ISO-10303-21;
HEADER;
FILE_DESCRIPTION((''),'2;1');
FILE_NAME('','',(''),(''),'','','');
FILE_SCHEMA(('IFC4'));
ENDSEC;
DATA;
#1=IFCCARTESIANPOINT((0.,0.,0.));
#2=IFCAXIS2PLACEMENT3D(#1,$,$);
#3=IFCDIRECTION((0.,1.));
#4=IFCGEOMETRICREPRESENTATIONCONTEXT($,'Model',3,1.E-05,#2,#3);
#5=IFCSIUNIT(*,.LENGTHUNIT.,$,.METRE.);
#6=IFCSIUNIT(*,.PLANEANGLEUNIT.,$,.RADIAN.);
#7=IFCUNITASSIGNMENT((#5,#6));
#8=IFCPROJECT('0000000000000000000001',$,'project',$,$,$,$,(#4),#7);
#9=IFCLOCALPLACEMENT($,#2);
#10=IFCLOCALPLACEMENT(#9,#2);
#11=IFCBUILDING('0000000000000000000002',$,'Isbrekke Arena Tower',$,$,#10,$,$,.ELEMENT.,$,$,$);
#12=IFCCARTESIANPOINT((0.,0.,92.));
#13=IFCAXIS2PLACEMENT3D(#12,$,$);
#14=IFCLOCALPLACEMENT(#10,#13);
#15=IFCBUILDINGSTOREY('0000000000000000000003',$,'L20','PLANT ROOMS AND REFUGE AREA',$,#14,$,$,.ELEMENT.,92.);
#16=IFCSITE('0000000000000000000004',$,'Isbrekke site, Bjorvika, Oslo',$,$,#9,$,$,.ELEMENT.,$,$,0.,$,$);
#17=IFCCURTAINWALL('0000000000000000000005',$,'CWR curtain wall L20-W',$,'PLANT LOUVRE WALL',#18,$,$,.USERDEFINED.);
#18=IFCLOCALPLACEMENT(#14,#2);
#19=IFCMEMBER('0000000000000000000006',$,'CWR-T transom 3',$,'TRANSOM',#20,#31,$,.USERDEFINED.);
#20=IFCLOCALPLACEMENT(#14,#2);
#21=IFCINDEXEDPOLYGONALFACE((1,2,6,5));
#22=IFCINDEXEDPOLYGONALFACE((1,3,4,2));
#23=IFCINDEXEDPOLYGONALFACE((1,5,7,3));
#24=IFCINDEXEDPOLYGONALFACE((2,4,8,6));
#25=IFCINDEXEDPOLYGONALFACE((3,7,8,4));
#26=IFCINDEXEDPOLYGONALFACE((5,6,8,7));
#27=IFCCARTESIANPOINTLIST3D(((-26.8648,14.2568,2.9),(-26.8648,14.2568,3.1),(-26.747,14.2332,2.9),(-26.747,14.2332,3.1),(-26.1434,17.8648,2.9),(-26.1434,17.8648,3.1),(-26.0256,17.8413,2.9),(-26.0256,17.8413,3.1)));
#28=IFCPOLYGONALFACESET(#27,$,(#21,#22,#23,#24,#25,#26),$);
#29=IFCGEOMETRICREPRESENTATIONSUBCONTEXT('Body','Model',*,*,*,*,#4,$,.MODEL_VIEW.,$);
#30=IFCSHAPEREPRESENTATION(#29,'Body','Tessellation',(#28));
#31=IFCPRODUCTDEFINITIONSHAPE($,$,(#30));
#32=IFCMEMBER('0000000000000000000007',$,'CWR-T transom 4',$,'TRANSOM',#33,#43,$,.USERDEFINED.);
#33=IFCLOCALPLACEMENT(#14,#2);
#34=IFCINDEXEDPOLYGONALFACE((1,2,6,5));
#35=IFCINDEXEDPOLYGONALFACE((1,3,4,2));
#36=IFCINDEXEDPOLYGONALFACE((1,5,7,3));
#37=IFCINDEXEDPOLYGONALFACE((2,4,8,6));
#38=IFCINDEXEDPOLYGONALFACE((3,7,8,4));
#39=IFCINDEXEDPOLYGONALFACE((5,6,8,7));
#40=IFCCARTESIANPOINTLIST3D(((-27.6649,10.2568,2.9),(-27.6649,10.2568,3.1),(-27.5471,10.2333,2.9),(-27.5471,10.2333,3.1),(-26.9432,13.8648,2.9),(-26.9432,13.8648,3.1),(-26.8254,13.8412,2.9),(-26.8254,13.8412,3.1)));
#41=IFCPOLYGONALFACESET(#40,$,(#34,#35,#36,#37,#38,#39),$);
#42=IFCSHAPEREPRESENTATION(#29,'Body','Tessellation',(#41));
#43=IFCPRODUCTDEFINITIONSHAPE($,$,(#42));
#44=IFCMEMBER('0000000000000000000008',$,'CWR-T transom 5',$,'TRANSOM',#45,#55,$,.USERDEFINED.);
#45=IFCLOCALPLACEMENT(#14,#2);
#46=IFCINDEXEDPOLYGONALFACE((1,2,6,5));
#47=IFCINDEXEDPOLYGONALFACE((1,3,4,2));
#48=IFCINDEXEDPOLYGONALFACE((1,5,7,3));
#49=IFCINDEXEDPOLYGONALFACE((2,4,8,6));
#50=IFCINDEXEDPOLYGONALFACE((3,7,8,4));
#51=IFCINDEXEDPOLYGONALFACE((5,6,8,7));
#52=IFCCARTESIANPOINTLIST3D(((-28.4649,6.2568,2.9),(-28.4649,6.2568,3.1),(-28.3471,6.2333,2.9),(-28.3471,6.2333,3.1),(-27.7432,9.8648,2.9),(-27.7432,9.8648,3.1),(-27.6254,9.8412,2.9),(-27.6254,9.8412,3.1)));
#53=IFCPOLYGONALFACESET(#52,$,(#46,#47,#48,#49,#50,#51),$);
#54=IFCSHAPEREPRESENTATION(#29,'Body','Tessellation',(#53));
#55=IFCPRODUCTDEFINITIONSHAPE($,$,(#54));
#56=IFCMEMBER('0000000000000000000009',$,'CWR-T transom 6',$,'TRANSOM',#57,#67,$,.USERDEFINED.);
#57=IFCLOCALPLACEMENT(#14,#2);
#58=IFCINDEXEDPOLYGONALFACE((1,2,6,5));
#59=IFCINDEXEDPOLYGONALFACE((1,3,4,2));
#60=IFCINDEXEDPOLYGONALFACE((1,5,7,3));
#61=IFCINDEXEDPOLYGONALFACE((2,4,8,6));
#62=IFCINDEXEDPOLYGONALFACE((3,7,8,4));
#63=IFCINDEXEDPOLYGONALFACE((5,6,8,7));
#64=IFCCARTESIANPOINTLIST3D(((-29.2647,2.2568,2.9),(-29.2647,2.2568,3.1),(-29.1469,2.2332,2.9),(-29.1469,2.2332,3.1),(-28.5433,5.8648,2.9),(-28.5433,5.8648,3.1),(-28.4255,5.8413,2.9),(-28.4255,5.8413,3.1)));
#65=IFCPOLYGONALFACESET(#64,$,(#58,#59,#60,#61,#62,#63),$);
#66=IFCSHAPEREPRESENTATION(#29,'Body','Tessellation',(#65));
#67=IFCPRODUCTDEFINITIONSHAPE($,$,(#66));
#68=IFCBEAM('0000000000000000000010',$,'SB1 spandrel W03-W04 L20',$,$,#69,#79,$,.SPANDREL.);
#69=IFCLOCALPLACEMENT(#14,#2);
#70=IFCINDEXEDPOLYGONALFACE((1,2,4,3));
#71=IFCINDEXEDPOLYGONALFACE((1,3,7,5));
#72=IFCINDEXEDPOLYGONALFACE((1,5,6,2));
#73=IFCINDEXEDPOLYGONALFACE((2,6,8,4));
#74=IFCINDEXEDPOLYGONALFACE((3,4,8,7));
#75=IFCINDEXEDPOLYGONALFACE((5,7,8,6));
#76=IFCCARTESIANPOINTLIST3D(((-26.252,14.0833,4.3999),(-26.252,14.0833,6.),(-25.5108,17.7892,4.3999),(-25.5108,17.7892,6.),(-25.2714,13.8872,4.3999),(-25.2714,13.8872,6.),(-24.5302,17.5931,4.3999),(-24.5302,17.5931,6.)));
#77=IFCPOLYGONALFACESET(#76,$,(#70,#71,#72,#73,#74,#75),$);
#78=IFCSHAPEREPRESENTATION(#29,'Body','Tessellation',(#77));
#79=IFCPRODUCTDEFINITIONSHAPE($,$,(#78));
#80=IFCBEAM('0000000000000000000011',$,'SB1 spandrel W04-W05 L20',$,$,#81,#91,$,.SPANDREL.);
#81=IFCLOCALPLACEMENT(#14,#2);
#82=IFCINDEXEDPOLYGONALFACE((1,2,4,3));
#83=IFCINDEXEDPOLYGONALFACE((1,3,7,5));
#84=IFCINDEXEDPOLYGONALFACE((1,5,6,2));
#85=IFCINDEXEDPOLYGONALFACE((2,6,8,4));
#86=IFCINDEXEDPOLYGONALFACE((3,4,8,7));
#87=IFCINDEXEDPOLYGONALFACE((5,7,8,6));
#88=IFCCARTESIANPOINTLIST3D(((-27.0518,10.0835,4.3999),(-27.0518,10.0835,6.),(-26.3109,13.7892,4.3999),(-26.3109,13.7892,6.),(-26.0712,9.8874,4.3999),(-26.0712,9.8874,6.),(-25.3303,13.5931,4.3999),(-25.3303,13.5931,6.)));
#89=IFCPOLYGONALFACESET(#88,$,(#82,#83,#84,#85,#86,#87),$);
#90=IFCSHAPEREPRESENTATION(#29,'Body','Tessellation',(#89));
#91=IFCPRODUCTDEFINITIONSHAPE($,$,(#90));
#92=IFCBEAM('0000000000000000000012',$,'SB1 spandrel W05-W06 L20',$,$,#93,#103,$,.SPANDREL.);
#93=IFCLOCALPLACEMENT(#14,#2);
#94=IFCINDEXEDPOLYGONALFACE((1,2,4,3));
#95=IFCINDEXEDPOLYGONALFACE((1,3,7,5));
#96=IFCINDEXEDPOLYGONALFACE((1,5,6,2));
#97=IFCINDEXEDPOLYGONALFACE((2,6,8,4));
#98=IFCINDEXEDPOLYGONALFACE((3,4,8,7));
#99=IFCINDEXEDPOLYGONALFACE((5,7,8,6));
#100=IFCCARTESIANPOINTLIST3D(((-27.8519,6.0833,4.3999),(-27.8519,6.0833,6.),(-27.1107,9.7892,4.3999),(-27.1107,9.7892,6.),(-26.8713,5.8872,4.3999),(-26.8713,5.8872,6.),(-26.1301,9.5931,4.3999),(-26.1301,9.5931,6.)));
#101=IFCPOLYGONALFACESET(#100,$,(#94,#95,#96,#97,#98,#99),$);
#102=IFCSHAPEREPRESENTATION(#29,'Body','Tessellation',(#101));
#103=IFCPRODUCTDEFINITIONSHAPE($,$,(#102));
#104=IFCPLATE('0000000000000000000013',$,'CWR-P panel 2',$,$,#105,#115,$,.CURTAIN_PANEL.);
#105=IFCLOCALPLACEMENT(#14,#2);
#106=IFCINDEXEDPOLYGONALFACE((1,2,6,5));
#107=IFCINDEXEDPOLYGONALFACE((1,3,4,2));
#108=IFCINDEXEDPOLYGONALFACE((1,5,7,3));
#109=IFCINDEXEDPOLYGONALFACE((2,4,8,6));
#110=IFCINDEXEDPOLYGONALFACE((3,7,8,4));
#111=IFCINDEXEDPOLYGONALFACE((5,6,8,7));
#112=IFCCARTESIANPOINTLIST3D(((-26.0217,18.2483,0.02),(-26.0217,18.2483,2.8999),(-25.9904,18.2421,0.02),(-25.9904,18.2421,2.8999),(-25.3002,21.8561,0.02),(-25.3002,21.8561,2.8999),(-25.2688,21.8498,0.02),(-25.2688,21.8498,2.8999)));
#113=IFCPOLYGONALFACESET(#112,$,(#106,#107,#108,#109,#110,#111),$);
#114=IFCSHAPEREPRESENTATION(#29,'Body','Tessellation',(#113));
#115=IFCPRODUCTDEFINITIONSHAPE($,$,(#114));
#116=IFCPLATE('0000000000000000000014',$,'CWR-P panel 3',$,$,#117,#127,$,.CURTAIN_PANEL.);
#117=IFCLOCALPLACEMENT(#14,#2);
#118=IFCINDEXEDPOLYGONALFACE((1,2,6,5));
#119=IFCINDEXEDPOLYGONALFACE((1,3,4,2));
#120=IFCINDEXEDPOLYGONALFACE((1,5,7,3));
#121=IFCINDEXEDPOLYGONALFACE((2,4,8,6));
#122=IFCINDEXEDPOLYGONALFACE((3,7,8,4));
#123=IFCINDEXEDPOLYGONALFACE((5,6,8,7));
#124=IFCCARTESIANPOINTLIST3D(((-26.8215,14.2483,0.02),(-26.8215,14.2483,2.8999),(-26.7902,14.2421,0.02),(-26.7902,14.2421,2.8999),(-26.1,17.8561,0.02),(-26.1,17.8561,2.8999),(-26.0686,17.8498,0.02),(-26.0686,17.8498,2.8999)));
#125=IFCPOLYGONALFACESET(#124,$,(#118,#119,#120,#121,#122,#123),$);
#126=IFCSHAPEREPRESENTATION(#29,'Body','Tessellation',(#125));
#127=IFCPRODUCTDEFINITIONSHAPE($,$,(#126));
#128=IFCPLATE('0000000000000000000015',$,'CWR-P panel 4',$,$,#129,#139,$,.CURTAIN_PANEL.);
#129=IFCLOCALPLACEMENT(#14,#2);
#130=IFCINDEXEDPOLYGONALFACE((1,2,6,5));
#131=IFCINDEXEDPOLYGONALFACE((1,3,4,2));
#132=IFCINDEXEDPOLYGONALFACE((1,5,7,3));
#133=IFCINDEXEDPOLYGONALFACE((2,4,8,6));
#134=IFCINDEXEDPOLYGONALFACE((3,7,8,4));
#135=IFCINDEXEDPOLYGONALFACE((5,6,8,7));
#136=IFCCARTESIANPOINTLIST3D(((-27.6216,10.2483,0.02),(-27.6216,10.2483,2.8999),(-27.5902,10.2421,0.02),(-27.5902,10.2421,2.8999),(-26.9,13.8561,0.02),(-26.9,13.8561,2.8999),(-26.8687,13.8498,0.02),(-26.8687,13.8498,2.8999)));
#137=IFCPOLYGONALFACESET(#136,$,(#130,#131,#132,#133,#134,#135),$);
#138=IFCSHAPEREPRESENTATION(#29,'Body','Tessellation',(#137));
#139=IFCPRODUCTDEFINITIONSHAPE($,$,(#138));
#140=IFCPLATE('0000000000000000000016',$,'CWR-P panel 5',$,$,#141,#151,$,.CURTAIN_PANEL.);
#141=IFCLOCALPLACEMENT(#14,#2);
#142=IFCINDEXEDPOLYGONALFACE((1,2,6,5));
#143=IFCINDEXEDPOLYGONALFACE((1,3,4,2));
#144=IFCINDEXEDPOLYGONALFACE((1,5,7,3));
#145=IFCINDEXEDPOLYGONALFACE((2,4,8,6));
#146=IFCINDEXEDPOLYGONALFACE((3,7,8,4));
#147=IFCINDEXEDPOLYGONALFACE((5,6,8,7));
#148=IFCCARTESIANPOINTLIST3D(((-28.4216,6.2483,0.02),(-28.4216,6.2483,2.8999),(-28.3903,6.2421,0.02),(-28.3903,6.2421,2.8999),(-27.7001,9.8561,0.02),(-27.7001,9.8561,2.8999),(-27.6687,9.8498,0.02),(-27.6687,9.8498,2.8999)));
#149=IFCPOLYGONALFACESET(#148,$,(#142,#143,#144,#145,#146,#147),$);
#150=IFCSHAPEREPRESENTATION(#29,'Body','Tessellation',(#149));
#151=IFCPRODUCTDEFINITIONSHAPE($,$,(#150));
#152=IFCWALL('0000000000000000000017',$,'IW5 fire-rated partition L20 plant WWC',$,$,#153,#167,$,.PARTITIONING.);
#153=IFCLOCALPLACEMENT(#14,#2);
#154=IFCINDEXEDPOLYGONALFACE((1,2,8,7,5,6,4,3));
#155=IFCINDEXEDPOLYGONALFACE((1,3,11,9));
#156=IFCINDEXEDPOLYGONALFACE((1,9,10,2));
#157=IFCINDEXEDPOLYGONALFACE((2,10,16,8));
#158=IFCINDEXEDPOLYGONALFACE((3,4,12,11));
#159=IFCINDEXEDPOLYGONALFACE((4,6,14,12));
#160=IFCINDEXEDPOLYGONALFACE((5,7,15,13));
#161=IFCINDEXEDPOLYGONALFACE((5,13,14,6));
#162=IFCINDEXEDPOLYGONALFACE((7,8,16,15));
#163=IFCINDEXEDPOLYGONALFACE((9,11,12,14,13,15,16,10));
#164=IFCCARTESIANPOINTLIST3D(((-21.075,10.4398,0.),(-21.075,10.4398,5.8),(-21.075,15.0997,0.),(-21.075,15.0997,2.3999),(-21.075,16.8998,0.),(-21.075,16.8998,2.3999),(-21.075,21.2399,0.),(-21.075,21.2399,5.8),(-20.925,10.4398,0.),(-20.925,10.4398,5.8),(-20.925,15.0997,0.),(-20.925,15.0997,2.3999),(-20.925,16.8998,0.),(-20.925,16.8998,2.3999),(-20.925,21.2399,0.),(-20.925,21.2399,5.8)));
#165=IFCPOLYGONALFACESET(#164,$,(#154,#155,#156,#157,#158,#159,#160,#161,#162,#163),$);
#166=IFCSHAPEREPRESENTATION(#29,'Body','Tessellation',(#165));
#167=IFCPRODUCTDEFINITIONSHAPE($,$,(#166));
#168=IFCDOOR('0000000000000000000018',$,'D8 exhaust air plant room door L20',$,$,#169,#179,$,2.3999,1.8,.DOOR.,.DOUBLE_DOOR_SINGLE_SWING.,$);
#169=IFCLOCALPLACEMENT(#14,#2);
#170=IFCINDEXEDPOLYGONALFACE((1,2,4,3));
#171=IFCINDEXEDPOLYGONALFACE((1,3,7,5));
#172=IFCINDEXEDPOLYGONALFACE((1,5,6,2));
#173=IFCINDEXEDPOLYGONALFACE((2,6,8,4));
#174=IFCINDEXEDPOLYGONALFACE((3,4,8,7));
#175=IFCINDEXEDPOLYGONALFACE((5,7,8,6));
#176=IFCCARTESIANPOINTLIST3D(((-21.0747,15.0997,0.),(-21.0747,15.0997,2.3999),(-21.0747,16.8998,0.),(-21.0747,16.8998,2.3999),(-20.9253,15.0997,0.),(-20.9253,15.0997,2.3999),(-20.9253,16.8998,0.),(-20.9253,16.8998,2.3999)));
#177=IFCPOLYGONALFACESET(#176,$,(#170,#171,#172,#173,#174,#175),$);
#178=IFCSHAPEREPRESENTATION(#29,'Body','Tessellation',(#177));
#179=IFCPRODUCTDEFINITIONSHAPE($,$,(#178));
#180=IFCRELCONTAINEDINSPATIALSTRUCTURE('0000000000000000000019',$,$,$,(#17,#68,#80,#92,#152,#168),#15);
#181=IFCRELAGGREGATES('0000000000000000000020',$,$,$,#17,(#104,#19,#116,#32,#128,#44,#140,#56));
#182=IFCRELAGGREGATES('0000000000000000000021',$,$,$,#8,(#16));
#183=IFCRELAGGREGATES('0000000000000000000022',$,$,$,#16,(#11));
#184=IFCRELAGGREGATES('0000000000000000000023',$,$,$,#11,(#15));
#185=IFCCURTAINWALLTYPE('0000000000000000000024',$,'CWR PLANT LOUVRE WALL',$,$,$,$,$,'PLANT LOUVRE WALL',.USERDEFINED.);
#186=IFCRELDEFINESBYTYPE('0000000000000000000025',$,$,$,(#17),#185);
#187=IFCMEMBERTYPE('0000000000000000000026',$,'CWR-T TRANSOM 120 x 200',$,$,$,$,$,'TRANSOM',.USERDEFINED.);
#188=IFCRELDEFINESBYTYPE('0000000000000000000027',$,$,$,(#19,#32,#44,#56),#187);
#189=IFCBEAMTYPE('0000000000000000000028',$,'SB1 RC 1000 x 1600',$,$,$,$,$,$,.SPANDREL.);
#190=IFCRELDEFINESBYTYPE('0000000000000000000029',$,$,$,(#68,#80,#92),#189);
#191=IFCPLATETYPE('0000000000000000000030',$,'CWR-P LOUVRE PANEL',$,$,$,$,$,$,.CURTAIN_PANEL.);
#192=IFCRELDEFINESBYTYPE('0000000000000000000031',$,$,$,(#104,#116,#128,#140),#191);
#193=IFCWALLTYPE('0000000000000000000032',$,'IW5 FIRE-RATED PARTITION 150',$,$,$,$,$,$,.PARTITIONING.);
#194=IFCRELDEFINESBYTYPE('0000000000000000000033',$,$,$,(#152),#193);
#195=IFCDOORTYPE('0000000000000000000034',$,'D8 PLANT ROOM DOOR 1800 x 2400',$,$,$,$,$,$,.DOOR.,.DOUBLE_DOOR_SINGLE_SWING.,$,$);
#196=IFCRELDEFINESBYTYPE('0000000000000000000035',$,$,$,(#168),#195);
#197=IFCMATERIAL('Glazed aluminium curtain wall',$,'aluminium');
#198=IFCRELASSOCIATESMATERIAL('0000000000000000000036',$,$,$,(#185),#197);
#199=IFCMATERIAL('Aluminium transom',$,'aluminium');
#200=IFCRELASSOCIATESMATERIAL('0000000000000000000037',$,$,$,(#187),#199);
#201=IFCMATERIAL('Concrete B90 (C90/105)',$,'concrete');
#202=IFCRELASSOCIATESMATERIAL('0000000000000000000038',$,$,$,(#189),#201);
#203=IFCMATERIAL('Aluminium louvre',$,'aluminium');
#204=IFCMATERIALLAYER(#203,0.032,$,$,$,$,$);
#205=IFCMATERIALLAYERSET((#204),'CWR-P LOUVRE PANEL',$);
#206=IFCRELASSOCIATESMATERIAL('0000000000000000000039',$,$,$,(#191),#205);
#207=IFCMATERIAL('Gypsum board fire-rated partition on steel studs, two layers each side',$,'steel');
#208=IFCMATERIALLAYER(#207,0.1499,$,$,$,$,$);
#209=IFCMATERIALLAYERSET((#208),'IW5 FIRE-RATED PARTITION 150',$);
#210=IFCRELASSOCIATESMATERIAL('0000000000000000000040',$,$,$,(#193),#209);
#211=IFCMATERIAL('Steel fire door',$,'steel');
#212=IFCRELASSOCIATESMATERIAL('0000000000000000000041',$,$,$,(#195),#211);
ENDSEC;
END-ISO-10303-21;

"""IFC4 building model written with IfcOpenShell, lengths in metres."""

from ifc_helpers import new_model, si_unit, direction, frame, frame_2d, origin, origin_2d, place, context, subcontext, project, spatial, rectangle, extrude, material, layer, layer_set, material_profile, profile_set, type_object, element, fill, aggregate, save


model = new_model("IFC4")

# Units and contexts
model_context = context("Model", 3, precision=1e-05, world=origin(), true_north=direction((0.0, 1.0)))
body_context = subcontext(model_context, "Body", "Model", "MODEL_VIEW")
ifc_project = project(units=[si_unit("LENGTHUNIT", "METRE"), si_unit("PLANEANGLEUNIT", "RADIAN")], contexts=[model_context])

# Site, building, storey
site_placement = place(None, origin())
site = spatial("IfcSite", under=ifc_project, at=site_placement, Name="Isbrekke site, Bjorvika, Oslo", CompositionType="ELEMENT", RefElevation=0.0)
building_placement = place(site_placement, origin())
building = spatial("IfcBuilding", under=site, at=building_placement, Name="Isbrekke Arena Tower", CompositionType="ELEMENT")
storey_placement = place(building_placement, frame((0.0, 0.0, 92.0)))
storey = spatial("IfcBuildingStorey", under=building, at=storey_placement, Name="L20", Description="PLANT ROOMS AND REFUGE AREA", CompositionType="ELEMENT", Elevation=92.0)

# Curtain wall, members
ifc_material_1 = material(Name="Glazed aluminium curtain wall", Category="aluminium")
curtain_wall_type = type_object("IfcCurtainWallType", Name="CWR PLANT LOUVRE WALL", ElementType="PLANT LOUVRE WALL", PredefinedType="USERDEFINED", material=ifc_material_1)
curtain_wall_placement = place(storey_placement, origin())
curtain_wall = element("IfcCurtainWall", 1, at=curtain_wall_placement, inside=storey, type_object=curtain_wall_type, Name="CWR curtain wall L20-W", ObjectType="PLANT LOUVRE WALL", PredefinedType="USERDEFINED")
ifc_material_2 = material(Name="Aluminium transom", Category="aluminium")
ifc_material_profile_1 = material_profile(ifc_material_2, rectangle(XDim=0.1201, YDim=0.2, at=origin_2d()), Name="TRANSOM 120X200")
ifc_profile_set_1 = profile_set([ifc_material_profile_1], Name="Aluminium transom")
member_type_1 = type_object("IfcMemberType", Name="CWR-T TRANSOM 120 x 200", ElementType="TRANSOM", PredefinedType="USERDEFINED", material=ifc_profile_set_1)
member_1_placement = place(storey_placement, frame((-26.0845, 17.853, 3.0), z_axis=(-0.196078, -0.980588, 0.0), x_axis=(0.980588, -0.196078, 0.0)))
member_1 = element("IfcMember", 2, at=member_1_placement, type_object=member_type_1, Name="CWR-T transom 3", ObjectType="TRANSOM", PredefinedType="USERDEFINED", context=body_context, shape_type="SweptSolid", body=[
    extrude(rectangle(XDim=0.1201, YDim=0.2, at=origin_2d()), origin(), (0.0, 0.0, 1.0), 3.6794),
])
member_2_placement = place(storey_placement, frame((-26.8843, 13.853, 3.0), z_axis=(-0.196142, -0.980576, 0.0), x_axis=(0.980576, -0.196142, 0.0)))
member_2 = element("IfcMember", 3, at=member_2_placement, type_object=member_type_1, Name="CWR-T transom 4", ObjectType="TRANSOM", PredefinedType="USERDEFINED", context=body_context, shape_type="SweptSolid", body=[
    extrude(rectangle(XDim=0.1201, YDim=0.2, at=origin_2d()), origin(), (0.0, 0.0, 1.0), 3.6794),
])
member_3_placement = place(storey_placement, frame((-27.6843, 9.853, 3.0), z_axis=(-0.196142, -0.980576, 0.0), x_axis=(0.980576, -0.196142, 0.0)))
member_3 = element("IfcMember", 4, at=member_3_placement, type_object=member_type_1, Name="CWR-T transom 5", ObjectType="TRANSOM", PredefinedType="USERDEFINED", context=body_context, shape_type="SweptSolid", body=[
    extrude(rectangle(XDim=0.1201, YDim=0.2, at=origin_2d()), origin(), (0.0, 0.0, 1.0), 3.6794),
])
member_4_placement = place(storey_placement, frame((-28.4844, 5.853, 3.0), z_axis=(-0.196078, -0.980588, 0.0), x_axis=(0.980588, -0.196078, 0.0)))
member_4 = element("IfcMember", 5, at=member_4_placement, type_object=member_type_1, Name="CWR-T transom 6", ObjectType="TRANSOM", PredefinedType="USERDEFINED", context=body_context, shape_type="SweptSolid", body=[
    extrude(rectangle(XDim=0.1201, YDim=0.2, at=origin_2d()), origin(), (0.0, 0.0, 1.0), 3.6794),
])

# Beams
ifc_material_3 = material(Name="Concrete B90 (C90/105)", Category="concrete")
ifc_material_profile_2 = material_profile(ifc_material_3, rectangle(XDim=1.0, YDim=1.6001, at=origin_2d()), Name="RC 1000x1600")
ifc_profile_set_2 = profile_set([ifc_material_profile_2], Name="Concrete B90 (C90/105)")
beam_type_1 = type_object("IfcBeamType", Name="SB1 RC 1000 x 1600", PredefinedType="SPANDREL", material=ifc_profile_set_2)
beam_1_placement = place(storey_placement, frame((-25.0205, 17.6912, 5.2), z_axis=(-0.196129, -0.980578, 0.0), x_axis=(0.980578, -0.196129, 0.0)))
element("IfcBeam", 6, at=beam_1_placement, inside=storey, type_object=beam_type_1, Name="SB1 spandrel W03-W04 L20", PredefinedType="SPANDREL", context=body_context, shape_type="SweptSolid", body=[
    extrude(rectangle(XDim=1.0, YDim=1.6001, at=origin_2d()), origin(), (0.0, 0.0, 1.0), 3.7793),
])
beam_2_placement = place(storey_placement, frame((-25.8206, 13.6912, 5.2), z_axis=(-0.196066, -0.980591, 0.0), x_axis=(0.980591, -0.196066, 0.0)))
element("IfcBeam", 7, at=beam_2_placement, inside=storey, type_object=beam_type_1, Name="SB1 spandrel W04-W05 L20", PredefinedType="SPANDREL", context=body_context, shape_type="SweptSolid", body=[
    extrude(rectangle(XDim=1.0, YDim=1.6001, at=origin_2d()), origin(), (0.0, 0.0, 1.0), 3.7791),
])
beam_3_placement = place(storey_placement, frame((-26.6204, 9.6912, 5.2), z_axis=(-0.196129, -0.980578, 0.0), x_axis=(0.980578, -0.196129, 0.0)))
element("IfcBeam", 8, at=beam_3_placement, inside=storey, type_object=beam_type_1, Name="SB1 spandrel W05-W06 L20", PredefinedType="SPANDREL", context=body_context, shape_type="SweptSolid", body=[
    extrude(rectangle(XDim=1.0, YDim=1.6001, at=origin_2d()), origin(), (0.0, 0.0, 1.0), 3.7793),
])

# Plates
ifc_material_4 = material(Name="Aluminium louvre", Category="aluminium")
ifc_layer_1 = layer(ifc_material_4, 0.032)
ifc_layer_set_1 = layer_set([ifc_layer_1], Name="CWR-P LOUVRE PANEL")
plate_type = type_object("IfcPlateType", Name="CWR-P LOUVRE PANEL", PredefinedType="CURTAIN_PANEL", material=ifc_layer_set_1)
plate_1_placement = place(storey_placement, frame((-25.6453, 20.0491, 0.02), z_axis=(0.0, 0.0, 1.0), x_axis=(-0.196116, -0.980581, 0.0)))
plate_1 = element("IfcPlate", 9, at=plate_1_placement, type_object=plate_type, Name="CWR-P panel 2", PredefinedType="CURTAIN_PANEL", context=body_context, shape_type="SweptSolid", body=[
    extrude(rectangle(XDim=3.6792, YDim=0.032, at=origin_2d()), origin(), (0.0, 0.0, 1.0), 2.8799),
])
plate_2_placement = place(storey_placement, frame((-26.4451, 16.0491, 0.02), z_axis=(0.0, 0.0, 1.0), x_axis=(-0.196116, -0.980581, 0.0)))
plate_2 = element("IfcPlate", 10, at=plate_2_placement, type_object=plate_type, Name="CWR-P panel 3", PredefinedType="CURTAIN_PANEL", context=body_context, shape_type="SweptSolid", body=[
    extrude(rectangle(XDim=3.6792, YDim=0.032, at=origin_2d()), origin(), (0.0, 0.0, 1.0), 2.8799),
])
plate_3_placement = place(storey_placement, frame((-27.2451, 12.0491, 0.02), z_axis=(0.0, 0.0, 1.0), x_axis=(-0.196116, -0.980581, 0.0)))
plate_3 = element("IfcPlate", 11, at=plate_3_placement, type_object=plate_type, Name="CWR-P panel 4", PredefinedType="CURTAIN_PANEL", context=body_context, shape_type="SweptSolid", body=[
    extrude(rectangle(XDim=3.6792, YDim=0.032, at=origin_2d()), origin(), (0.0, 0.0, 1.0), 2.8799),
])
plate_4_placement = place(storey_placement, frame((-28.0452, 8.0491, 0.02), z_axis=(0.0, 0.0, 1.0), x_axis=(-0.196116, -0.980581, 0.0)))
plate_4 = element("IfcPlate", 12, at=plate_4_placement, type_object=plate_type, Name="CWR-P panel 5", PredefinedType="CURTAIN_PANEL", context=body_context, shape_type="SweptSolid", body=[
    extrude(rectangle(XDim=3.6792, YDim=0.032, at=origin_2d()), origin(), (0.0, 0.0, 1.0), 2.8799),
])
aggregate(curtain_wall, [plate_1, member_1, plate_2, member_2, plate_3, member_3, plate_4, member_4])

# Wall, opening, door
ifc_material_5 = material(Name="Gypsum board fire-rated partition on steel studs, two layers each side", Category="steel")
ifc_layer_2 = layer(ifc_material_5, 0.1499)
ifc_layer_set_2 = layer_set([ifc_layer_2], Name="IW5 FIRE-RATED PARTITION 150")
wall_type = type_object("IfcWallType", Name="IW5 FIRE-RATED PARTITION 150", PredefinedType="PARTITIONING", material=ifc_layer_set_2)
wall_1_placement = place(storey_placement, frame((-21.0, 10.4399, 0.0), z_axis=(0.0, 0.0, 1.0), x_axis=(0.0, 1.0, 0.0)))
wall_1 = element("IfcWall", 13, at=wall_1_placement, inside=storey, type_object=wall_type, Name="IW5 fire-rated partition L20 plant WWC", PredefinedType="PARTITIONING", context=body_context, shape_type="SweptSolid", body=[
    extrude(rectangle(XDim=10.8, YDim=0.1499, at=frame_2d((5.3999, 0.0))), origin(), (0.0, 0.0, 1.0), 5.8),
])
opening_placement = place(wall_1_placement, frame((4.6599, 0.0, 0.0)))
opening = element("IfcOpeningElement", 14, at=opening_placement, cuts=wall_1, PredefinedType="OPENING", context=body_context, shape_type="SweptSolid", body=[
    extrude(rectangle(XDim=1.8, YDim=2.3999, at=frame_2d((0.8999, 1.2))), frame((0.0, 0.0898, 0.0), z_axis=(0.0, -1.0, 0.0), x_axis=(1.0, 0.0, 0.0)), (0.0, 0.0, 1.0), 0.1797),
])
ifc_material_6 = material(Name="Steel fire door", Category="steel")
door_type = type_object("IfcDoorType", Name="D8 PLANT ROOM DOOR 1800 x 2400", OperationType="DOUBLE_DOOR_SINGLE_SWING", PredefinedType="DOOR", material=ifc_material_6)
door_placement = place(opening_placement, origin())
door = element("IfcDoor", 15, at=door_placement, inside=storey, type_object=door_type, Name="D8 exhaust air plant room door L20", OperationType="DOUBLE_DOOR_SINGLE_SWING", OverallHeight=2.3999, OverallWidth=1.8, PredefinedType="DOOR", context=body_context, shape_type="SweptSolid", body=[
    extrude(rectangle(XDim=1.8, YDim=2.3999, at=frame_2d((0.8999, 1.2))), frame((0.0, 0.0747, 0.0), z_axis=(0.0, -1.0, 0.0), x_axis=(1.0, 0.0, 0.0)), (0.0, 0.0, 1.0), 0.1494),
])
fill(opening, door)

save(model, "model.ifc")
